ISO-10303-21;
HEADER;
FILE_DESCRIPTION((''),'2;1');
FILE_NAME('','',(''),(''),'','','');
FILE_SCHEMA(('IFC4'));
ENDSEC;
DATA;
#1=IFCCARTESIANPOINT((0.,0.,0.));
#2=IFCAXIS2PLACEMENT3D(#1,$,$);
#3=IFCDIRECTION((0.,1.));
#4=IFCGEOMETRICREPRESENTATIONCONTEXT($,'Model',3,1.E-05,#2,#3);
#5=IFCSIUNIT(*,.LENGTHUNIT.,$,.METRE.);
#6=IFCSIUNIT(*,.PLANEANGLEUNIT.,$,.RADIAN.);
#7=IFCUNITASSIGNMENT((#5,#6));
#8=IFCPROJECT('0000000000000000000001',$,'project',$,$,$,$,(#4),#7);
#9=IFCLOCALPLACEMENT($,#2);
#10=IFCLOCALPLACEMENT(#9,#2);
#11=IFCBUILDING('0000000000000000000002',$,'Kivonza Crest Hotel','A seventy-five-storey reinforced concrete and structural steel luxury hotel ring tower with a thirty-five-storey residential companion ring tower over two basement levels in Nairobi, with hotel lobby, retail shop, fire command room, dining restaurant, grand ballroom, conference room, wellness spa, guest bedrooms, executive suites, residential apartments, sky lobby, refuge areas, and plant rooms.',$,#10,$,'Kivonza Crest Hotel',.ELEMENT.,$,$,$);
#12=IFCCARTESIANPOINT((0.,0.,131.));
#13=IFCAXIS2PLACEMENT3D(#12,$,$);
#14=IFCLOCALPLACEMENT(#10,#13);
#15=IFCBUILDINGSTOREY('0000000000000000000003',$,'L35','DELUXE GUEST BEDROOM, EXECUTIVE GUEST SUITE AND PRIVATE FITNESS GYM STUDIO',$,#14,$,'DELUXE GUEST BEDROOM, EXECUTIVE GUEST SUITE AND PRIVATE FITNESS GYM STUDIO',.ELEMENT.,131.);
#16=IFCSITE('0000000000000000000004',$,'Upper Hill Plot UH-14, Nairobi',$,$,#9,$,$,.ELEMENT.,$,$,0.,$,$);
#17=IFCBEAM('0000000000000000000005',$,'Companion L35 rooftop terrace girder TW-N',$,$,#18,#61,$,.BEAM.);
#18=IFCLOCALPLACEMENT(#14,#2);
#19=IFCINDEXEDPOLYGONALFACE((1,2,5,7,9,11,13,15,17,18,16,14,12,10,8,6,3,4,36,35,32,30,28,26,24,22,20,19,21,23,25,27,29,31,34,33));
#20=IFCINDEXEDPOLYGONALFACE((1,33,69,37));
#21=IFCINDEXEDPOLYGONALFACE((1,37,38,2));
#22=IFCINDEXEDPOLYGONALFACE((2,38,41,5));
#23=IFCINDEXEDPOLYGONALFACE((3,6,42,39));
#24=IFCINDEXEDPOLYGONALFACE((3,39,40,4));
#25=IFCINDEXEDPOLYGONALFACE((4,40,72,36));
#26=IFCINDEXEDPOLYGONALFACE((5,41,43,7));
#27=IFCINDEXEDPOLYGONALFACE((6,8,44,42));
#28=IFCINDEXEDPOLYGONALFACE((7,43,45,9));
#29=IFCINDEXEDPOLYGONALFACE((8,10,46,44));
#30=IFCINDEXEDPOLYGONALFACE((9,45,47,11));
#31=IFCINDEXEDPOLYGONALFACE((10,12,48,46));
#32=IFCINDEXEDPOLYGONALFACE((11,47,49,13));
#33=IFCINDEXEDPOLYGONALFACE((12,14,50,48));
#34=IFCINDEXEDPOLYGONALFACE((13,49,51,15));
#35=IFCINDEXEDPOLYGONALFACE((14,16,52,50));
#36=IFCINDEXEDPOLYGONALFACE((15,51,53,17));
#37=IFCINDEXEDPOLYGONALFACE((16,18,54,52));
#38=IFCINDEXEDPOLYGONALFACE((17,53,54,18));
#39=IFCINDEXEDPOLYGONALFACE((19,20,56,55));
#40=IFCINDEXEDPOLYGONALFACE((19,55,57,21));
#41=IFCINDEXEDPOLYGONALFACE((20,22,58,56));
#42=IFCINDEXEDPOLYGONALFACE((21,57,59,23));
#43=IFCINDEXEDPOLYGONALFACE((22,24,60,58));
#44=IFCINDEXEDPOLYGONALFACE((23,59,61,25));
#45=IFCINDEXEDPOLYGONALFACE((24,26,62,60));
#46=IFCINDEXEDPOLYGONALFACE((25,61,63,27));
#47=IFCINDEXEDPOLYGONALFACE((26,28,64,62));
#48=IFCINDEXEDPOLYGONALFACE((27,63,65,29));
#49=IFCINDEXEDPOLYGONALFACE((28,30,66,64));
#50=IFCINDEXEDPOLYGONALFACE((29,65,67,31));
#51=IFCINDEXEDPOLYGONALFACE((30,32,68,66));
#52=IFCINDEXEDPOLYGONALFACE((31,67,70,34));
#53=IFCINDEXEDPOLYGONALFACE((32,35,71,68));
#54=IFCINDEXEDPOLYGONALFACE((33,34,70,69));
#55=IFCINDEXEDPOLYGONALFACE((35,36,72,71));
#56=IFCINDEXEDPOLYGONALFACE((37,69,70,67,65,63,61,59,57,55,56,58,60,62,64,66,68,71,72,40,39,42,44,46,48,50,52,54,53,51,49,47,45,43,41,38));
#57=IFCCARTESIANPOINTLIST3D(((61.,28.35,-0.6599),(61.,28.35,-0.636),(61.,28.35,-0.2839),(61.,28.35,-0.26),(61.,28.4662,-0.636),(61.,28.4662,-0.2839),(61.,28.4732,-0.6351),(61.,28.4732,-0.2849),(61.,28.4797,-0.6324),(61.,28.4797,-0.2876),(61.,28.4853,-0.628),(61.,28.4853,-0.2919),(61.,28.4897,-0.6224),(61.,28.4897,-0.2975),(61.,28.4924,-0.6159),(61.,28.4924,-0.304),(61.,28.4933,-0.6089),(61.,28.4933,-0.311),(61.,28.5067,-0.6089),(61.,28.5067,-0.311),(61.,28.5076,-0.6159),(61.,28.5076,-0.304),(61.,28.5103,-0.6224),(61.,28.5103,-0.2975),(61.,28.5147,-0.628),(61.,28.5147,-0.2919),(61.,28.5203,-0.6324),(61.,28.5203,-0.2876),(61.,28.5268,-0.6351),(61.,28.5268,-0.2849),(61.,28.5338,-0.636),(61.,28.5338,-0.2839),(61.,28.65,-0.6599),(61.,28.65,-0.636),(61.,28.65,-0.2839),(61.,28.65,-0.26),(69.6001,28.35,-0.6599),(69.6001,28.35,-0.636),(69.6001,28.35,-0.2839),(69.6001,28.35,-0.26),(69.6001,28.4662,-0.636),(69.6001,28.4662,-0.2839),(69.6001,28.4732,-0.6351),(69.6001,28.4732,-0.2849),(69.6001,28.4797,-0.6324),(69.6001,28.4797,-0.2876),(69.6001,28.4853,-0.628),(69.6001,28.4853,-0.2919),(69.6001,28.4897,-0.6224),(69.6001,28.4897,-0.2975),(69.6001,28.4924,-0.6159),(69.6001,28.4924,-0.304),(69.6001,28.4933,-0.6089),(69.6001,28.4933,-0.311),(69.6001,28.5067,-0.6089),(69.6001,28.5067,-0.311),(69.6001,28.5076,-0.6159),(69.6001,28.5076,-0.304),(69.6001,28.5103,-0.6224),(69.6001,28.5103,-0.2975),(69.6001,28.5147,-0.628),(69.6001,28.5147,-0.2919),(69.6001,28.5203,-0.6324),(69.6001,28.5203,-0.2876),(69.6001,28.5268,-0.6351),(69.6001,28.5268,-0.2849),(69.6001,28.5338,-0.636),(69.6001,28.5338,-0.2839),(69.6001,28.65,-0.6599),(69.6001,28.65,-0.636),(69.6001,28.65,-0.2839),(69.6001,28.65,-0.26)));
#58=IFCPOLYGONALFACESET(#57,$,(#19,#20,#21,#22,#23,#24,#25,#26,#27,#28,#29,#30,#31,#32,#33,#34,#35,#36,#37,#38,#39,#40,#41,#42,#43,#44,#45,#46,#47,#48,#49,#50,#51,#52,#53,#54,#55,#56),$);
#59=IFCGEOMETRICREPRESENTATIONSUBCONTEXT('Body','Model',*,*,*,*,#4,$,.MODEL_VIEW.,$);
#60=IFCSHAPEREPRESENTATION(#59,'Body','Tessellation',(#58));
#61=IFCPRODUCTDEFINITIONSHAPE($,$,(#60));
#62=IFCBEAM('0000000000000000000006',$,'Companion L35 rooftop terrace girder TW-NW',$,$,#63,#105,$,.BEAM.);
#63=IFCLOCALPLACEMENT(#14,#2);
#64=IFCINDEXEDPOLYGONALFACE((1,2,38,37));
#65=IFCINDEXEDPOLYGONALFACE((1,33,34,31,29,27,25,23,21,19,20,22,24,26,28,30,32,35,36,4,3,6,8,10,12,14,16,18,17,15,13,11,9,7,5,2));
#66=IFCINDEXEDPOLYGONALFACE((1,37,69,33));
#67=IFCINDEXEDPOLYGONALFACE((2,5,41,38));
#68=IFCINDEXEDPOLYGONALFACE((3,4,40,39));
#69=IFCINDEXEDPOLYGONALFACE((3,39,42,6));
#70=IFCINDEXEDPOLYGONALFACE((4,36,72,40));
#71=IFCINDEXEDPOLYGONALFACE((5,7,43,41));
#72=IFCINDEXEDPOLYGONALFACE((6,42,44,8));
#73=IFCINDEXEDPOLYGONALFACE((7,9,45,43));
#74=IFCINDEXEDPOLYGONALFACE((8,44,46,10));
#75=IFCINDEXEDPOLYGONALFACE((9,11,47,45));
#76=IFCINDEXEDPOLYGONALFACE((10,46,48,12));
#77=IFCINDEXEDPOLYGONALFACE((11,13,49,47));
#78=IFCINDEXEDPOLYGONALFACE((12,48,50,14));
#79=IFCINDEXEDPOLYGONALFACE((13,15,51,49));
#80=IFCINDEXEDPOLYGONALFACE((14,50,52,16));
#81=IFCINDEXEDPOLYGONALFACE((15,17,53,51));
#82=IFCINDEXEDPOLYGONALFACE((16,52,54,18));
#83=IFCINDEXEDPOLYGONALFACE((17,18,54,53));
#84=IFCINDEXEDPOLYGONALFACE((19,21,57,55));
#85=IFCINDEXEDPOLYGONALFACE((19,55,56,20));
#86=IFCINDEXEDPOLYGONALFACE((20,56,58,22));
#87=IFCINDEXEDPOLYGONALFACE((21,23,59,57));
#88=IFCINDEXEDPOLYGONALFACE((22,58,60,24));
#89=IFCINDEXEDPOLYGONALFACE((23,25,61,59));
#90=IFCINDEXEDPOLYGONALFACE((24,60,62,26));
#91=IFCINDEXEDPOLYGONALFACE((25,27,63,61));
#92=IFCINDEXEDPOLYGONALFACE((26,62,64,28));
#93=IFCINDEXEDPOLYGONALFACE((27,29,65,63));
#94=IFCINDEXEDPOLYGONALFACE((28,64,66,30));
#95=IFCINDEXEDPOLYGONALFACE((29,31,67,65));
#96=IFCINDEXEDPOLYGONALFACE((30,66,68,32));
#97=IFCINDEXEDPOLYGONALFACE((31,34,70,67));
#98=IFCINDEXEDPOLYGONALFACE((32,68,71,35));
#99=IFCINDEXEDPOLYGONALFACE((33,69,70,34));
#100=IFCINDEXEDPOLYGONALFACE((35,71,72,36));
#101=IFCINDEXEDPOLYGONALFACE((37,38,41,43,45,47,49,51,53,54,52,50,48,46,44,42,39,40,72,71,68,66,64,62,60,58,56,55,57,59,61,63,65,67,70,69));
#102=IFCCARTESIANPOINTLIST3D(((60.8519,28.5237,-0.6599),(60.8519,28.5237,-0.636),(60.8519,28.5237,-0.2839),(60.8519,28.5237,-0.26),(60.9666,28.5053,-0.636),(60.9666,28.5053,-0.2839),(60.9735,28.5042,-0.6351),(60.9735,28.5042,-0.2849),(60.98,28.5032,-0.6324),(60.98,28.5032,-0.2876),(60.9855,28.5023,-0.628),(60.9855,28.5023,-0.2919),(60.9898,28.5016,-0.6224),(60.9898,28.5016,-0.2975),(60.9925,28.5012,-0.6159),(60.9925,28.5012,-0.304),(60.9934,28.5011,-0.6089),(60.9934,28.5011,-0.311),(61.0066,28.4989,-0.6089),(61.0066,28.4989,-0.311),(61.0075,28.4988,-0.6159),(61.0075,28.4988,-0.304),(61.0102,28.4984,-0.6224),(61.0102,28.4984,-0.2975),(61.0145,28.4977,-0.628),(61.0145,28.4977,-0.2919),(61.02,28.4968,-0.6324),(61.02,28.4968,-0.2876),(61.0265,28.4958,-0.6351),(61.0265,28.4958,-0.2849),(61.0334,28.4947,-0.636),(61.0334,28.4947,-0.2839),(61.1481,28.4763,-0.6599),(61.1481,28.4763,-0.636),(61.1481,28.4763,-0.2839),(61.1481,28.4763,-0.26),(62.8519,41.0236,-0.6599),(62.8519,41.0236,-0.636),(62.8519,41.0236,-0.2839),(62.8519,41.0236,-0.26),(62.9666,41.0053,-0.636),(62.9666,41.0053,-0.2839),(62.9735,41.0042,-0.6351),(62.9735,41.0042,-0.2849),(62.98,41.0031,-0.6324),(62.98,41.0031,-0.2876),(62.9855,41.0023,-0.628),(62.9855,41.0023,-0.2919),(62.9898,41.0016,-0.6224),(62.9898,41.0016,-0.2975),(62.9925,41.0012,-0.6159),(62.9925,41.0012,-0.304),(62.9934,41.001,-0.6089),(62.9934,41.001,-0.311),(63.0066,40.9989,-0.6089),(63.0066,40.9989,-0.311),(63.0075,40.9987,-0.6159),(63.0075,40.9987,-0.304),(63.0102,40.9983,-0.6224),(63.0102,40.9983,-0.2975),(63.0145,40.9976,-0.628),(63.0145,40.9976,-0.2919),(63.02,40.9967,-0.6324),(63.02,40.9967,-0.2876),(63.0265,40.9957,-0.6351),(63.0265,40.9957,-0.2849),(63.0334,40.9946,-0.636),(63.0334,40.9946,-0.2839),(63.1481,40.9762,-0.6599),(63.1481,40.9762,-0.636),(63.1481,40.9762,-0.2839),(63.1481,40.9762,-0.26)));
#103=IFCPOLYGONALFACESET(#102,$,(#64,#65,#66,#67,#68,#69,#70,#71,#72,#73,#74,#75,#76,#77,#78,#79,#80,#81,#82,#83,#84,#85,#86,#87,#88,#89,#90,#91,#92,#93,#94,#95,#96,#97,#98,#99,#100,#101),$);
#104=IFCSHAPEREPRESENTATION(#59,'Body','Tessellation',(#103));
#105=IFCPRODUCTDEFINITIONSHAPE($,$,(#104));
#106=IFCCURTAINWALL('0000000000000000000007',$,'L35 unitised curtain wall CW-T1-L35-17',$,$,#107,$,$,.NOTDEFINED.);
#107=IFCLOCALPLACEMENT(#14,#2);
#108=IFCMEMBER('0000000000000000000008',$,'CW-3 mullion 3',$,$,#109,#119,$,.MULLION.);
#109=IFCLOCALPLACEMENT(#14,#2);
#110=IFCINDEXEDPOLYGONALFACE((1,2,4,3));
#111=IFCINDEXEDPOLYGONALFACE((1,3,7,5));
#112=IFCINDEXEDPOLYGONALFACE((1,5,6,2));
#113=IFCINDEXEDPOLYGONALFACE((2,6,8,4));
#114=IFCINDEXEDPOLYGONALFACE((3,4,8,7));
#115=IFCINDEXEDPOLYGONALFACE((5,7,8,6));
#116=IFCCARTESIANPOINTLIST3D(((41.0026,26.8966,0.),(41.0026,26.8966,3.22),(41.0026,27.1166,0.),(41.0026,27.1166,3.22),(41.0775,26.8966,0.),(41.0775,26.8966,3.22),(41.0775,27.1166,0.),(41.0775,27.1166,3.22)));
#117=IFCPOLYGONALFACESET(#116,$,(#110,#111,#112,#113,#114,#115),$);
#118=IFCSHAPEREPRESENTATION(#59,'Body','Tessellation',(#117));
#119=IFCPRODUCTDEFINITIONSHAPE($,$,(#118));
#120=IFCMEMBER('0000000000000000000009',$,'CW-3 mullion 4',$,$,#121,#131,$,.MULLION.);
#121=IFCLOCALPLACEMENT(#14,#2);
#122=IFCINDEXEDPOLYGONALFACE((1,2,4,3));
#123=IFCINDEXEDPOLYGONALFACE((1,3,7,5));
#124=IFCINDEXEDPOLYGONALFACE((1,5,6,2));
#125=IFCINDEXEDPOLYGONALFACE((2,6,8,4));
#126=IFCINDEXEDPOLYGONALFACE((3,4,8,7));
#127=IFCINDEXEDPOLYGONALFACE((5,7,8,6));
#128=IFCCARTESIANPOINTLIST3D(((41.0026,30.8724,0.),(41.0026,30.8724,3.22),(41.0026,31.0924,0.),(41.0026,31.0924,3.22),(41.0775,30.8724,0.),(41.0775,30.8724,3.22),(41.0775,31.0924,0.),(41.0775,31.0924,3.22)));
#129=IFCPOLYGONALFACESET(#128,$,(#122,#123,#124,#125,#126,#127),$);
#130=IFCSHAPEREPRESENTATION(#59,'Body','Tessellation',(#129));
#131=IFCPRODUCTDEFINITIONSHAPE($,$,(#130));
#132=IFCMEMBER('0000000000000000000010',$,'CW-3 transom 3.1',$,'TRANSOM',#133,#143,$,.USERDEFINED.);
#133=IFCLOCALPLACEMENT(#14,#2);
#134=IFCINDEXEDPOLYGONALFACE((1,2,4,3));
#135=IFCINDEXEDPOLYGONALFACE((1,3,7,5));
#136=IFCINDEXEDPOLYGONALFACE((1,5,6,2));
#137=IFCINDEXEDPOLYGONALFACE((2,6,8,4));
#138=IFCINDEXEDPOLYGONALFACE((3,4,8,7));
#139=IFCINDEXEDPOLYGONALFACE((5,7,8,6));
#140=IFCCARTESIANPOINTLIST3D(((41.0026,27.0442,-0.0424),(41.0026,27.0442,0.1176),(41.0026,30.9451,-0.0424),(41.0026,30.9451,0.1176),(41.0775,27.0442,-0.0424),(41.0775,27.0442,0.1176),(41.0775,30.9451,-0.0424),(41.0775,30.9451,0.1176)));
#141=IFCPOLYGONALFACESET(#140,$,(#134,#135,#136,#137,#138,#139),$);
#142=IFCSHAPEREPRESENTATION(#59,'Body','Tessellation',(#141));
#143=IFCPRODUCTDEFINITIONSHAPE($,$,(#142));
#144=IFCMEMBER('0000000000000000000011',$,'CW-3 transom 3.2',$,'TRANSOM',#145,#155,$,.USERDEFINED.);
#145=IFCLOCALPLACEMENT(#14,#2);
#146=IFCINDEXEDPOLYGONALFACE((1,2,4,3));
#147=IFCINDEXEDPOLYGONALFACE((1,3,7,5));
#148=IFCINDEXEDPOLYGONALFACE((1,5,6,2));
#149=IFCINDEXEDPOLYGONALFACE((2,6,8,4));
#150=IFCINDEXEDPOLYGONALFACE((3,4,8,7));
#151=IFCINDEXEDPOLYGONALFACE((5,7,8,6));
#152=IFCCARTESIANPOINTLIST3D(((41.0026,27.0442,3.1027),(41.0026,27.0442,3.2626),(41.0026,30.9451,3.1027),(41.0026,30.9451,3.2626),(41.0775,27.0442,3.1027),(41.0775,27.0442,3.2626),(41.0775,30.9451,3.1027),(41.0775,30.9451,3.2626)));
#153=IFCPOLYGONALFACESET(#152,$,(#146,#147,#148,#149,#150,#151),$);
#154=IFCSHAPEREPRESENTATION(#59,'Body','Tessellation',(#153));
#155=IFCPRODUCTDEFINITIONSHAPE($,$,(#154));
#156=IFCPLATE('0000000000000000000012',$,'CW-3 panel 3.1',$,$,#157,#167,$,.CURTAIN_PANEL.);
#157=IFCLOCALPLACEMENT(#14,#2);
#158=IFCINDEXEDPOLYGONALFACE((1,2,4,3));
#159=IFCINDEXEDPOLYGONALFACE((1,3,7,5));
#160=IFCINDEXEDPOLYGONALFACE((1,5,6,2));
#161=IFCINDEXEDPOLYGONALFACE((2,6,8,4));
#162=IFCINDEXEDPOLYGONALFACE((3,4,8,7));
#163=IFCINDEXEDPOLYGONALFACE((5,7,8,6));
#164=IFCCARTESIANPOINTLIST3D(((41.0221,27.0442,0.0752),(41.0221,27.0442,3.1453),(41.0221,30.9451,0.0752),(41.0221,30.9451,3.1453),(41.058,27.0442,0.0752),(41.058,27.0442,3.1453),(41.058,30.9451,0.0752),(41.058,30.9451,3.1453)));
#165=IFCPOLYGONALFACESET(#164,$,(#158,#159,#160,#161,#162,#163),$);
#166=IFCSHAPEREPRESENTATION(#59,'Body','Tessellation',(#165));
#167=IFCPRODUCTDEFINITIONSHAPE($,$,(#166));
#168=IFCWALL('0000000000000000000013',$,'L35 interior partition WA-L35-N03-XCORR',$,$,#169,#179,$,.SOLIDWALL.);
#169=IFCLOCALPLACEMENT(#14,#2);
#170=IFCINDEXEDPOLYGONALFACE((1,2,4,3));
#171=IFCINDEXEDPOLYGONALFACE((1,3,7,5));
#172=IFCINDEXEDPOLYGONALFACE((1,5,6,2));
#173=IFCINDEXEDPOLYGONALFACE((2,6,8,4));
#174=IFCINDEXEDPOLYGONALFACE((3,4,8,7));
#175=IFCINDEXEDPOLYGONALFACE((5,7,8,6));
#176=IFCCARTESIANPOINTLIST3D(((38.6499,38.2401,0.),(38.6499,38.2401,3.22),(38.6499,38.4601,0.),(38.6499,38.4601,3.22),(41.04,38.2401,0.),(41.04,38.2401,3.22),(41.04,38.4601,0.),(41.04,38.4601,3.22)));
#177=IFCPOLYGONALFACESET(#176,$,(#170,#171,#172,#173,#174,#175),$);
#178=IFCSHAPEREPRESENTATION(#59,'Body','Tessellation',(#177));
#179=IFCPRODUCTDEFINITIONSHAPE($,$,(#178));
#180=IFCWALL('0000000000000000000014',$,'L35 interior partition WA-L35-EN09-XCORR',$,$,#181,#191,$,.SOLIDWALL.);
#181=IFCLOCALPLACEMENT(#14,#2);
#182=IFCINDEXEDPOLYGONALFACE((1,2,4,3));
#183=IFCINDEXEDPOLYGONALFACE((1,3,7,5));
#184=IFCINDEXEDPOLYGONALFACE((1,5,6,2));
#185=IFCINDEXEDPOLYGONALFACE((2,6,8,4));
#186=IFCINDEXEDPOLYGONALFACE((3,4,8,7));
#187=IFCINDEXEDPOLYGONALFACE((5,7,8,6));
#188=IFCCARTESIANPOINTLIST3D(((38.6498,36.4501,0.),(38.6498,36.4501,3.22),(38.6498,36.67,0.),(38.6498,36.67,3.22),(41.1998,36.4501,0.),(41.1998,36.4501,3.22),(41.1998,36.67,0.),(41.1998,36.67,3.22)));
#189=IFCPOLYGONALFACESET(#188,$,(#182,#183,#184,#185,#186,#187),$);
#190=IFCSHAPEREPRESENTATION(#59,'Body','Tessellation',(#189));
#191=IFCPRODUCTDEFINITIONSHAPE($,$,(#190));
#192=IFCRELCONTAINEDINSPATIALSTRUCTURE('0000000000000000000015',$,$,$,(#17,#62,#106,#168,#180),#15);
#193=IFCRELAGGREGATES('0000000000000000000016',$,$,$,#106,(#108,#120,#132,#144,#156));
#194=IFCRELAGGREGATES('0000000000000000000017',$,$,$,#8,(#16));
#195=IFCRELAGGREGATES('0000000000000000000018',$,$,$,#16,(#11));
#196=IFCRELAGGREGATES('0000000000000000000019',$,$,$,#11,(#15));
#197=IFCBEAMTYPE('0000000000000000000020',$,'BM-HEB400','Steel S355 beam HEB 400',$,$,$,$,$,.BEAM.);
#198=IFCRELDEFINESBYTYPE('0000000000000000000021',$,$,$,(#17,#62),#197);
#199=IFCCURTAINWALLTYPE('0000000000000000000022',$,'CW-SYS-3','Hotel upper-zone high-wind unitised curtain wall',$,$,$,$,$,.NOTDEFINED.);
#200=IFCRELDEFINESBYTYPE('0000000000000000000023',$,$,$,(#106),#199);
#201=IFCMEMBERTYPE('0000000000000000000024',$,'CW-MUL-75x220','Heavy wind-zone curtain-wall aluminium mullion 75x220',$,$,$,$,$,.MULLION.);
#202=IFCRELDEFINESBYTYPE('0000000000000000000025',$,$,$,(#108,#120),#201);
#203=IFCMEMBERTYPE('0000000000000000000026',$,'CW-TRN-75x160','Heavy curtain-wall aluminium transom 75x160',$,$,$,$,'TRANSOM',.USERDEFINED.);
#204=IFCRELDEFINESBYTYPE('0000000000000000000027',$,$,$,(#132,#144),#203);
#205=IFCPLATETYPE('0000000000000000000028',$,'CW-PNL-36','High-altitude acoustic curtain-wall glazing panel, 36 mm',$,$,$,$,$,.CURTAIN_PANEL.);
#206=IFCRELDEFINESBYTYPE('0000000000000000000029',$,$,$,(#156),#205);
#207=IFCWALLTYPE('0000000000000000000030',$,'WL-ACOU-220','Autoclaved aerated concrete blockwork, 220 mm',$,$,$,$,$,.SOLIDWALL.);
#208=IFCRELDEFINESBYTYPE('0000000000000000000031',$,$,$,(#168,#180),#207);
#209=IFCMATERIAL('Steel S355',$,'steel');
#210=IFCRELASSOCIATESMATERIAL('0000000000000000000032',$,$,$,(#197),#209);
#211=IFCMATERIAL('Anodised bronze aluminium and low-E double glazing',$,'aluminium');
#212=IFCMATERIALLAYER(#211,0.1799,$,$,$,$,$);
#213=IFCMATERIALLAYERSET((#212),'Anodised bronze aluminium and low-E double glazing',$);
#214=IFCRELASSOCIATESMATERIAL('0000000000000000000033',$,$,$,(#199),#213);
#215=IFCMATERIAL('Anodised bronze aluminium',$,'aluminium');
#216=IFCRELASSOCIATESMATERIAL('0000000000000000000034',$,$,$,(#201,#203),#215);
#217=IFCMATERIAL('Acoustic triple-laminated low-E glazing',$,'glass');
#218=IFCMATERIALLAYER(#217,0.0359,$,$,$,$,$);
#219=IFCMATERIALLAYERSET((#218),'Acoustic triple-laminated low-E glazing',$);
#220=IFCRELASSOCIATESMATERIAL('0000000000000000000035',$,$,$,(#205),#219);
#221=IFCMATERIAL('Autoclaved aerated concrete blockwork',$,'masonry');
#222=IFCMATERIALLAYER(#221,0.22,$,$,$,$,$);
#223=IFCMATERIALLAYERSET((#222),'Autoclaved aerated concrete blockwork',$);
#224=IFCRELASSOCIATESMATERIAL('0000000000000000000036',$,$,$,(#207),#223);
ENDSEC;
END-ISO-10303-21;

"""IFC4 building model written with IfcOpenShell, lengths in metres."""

from ifc_helpers import new_model, si_unit, direction, frame, frame_2d, origin, origin_2d, place, context, subcontext, project, spatial, rectangle, i_section, extrude, material, layer, layer_set, material_profile, profile_set, type_object, element, aggregate, save


model = new_model("IFC4")

# Units and contexts
model_context = context("Model", 3, precision=1e-05, world=origin(), true_north=direction((0.0, 1.0)))
body_context = subcontext(model_context, "Body", "Model", "MODEL_VIEW")
ifc_project = project(units=[si_unit("LENGTHUNIT", "METRE"), si_unit("PLANEANGLEUNIT", "RADIAN")], contexts=[model_context])

# Site, building, storey
site_placement = place(None, origin())
site = spatial("IfcSite", under=ifc_project, at=site_placement, Name="Upper Hill Plot UH-14, Nairobi", CompositionType="ELEMENT", RefElevation=0.0)
building_placement = place(site_placement, origin())
building = spatial("IfcBuilding", under=site, at=building_placement, Name="Kivonza Crest Hotel", Description="A seventy-five-storey reinforced concrete and structural steel luxury hotel ring tower with a thirty-five-storey residential companion ring tower over two basement levels in Nairobi, with hotel lobby, retail shop, fire command room, dining restaurant, grand ballroom, conference room, wellness spa, guest bedrooms, executive suites, residential apartments, sky lobby, refuge areas, and plant rooms.", LongName="Kivonza Crest Hotel", CompositionType="ELEMENT")
storey_placement = place(building_placement, frame((0.0, 0.0, 131.0)))
storey = spatial("IfcBuildingStorey", under=building, at=storey_placement, Name="L35", Description="DELUXE GUEST BEDROOM, EXECUTIVE GUEST SUITE AND PRIVATE FITNESS GYM STUDIO", LongName="DELUXE GUEST BEDROOM, EXECUTIVE GUEST SUITE AND PRIVATE FITNESS GYM STUDIO", CompositionType="ELEMENT", Elevation=131.0)

# Beams
ifc_material_1 = material(Name="Steel S355", Category="steel")
ifc_material_profile_1 = material_profile(ifc_material_1, i_section(OverallWidth=0.3, OverallDepth=0.3999, WebThickness=0.0134, FlangeThickness=0.0239, FilletRadius=0.0271, at=origin_2d()), Name="HEB 400")
ifc_profile_set_1 = profile_set([ifc_material_profile_1], Name="Steel S355")
beam_type = type_object("IfcBeamType", Name="BM-HEB400", Description="Steel S355 beam HEB 400", PredefinedType="BEAM", material=ifc_profile_set_1)
beam_1_placement = place(storey_placement, frame((61.0, 28.5, -0.46), z_axis=(1.0, 0.0, 0.0), x_axis=(0.0, 1.0, 0.0)))
element("IfcBeam", 1, at=beam_1_placement, inside=storey, type_object=beam_type, Name="Companion L35 rooftop terrace girder TW-N", PredefinedType="BEAM", context=body_context, shape_type="SweptSolid", body=[
    extrude(i_section(OverallWidth=0.3, OverallDepth=0.3999, WebThickness=0.0134, FlangeThickness=0.0239, FilletRadius=0.0271, at=origin_2d()), origin(), (0.0, 0.0, 1.0), 8.6001),
])
beam_2_placement = place(storey_placement, frame((61.0, 28.5, -0.46), z_axis=(0.157991, 0.987441, 0.0), x_axis=(-0.987441, 0.157991, 0.0)))
element("IfcBeam", 2, at=beam_2_placement, inside=storey, type_object=beam_type, Name="Companion L35 rooftop terrace girder TW-NW", PredefinedType="BEAM", context=body_context, shape_type="SweptSolid", body=[
    extrude(i_section(OverallWidth=0.3, OverallDepth=0.3999, WebThickness=0.0134, FlangeThickness=0.0239, FilletRadius=0.0271, at=origin_2d()), origin(), (0.0, 0.0, 1.0), 12.6589),
])

# Curtain wall, members, plate
ifc_material_2 = material(Name="Anodised bronze aluminium and low-E double glazing", Category="aluminium")
ifc_layer_1 = layer(ifc_material_2, 0.1799)
ifc_layer_set_1 = layer_set([ifc_layer_1], Name="Anodised bronze aluminium and low-E double glazing")
curtain_wall_type = type_object("IfcCurtainWallType", Name="CW-SYS-3", Description="Hotel upper-zone high-wind unitised curtain wall", PredefinedType="NOTDEFINED", material=ifc_layer_set_1)
curtain_wall_placement = place(storey_placement, origin())
curtain_wall = element("IfcCurtainWall", 3, at=curtain_wall_placement, inside=storey, type_object=curtain_wall_type, Name="L35 unitised curtain wall CW-T1-L35-17", PredefinedType="NOTDEFINED")
ifc_material_3 = material(Name="Anodised bronze aluminium", Category="aluminium")
ifc_material_profile_2 = material_profile(ifc_material_3, rectangle(XDim=0.075, YDim=0.22, at=origin_2d()), Name="CW-M 75x220")
ifc_profile_set_2 = profile_set([ifc_material_profile_2], Name="Anodised bronze aluminium")
member_type_1 = type_object("IfcMemberType", Name="CW-MUL-75x220", Description="Heavy wind-zone curtain-wall aluminium mullion 75x220", PredefinedType="MULLION", material=ifc_profile_set_2)
member_1_placement = place(storey_placement, frame((41.04, 27.0066, 0.0), z_axis=(0.0, 0.0, 1.0), x_axis=(-1.0, 0.0, 0.0)))
member_1 = element("IfcMember", 4, at=member_1_placement, type_object=member_type_1, Name="CW-3 mullion 3", PredefinedType="MULLION", context=body_context, shape_type="SweptSolid", body=[
    extrude(rectangle(XDim=0.075, YDim=0.22, at=origin_2d()), origin(), (0.0, 0.0, 1.0), 3.22),
])
member_2_placement = place(storey_placement, frame((41.04, 30.9824, 0.0), z_axis=(0.0, 0.0, 1.0), x_axis=(-1.0, 0.0, 0.0)))
member_2 = element("IfcMember", 5, at=member_2_placement, type_object=member_type_1, Name="CW-3 mullion 4", PredefinedType="MULLION", context=body_context, shape_type="SweptSolid", body=[
    extrude(rectangle(XDim=0.075, YDim=0.22, at=origin_2d()), origin(), (0.0, 0.0, 1.0), 3.22),
])
ifc_material_profile_3 = material_profile(ifc_material_3, rectangle(XDim=0.075, YDim=0.1599, at=origin_2d()), Name="CW-T 75x160")
ifc_profile_set_3 = profile_set([ifc_material_profile_3], Name="Anodised bronze aluminium")
member_type_2 = type_object("IfcMemberType", Name="CW-TRN-75x160", Description="Heavy curtain-wall aluminium transom 75x160", ElementType="TRANSOM", PredefinedType="USERDEFINED", material=ifc_profile_set_3)
member_3_placement = place(storey_placement, frame((41.04, 27.0442, 0.0376), z_axis=(0.0, 1.0, 0.0), x_axis=(-1.0, 0.0, 0.0)))
member_3 = element("IfcMember", 6, at=member_3_placement, type_object=member_type_2, Name="CW-3 transom 3.1", ObjectType="TRANSOM", PredefinedType="USERDEFINED", context=body_context, shape_type="SweptSolid", body=[
    extrude(rectangle(XDim=0.075, YDim=0.1599, at=origin_2d()), origin(), (0.0, 0.0, 1.0), 3.9009),
])
member_4_placement = place(storey_placement, frame((41.04, 27.0442, 3.1826), z_axis=(0.0, 1.0, 0.0), x_axis=(-1.0, 0.0, 0.0)))
member_4 = element("IfcMember", 7, at=member_4_placement, type_object=member_type_2, Name="CW-3 transom 3.2", ObjectType="TRANSOM", PredefinedType="USERDEFINED", context=body_context, shape_type="SweptSolid", body=[
    extrude(rectangle(XDim=0.075, YDim=0.1599, at=origin_2d()), origin(), (0.0, 0.0, 1.0), 3.9009),
])
ifc_material_4 = material(Name="Acoustic triple-laminated low-E glazing", Category="glass")
ifc_layer_2 = layer(ifc_material_4, 0.0359)
ifc_layer_set_2 = layer_set([ifc_layer_2], Name="Acoustic triple-laminated low-E glazing")
plate_type = type_object("IfcPlateType", Name="CW-PNL-36", Description="High-altitude acoustic curtain-wall glazing panel, 36 mm", PredefinedType="CURTAIN_PANEL", material=ifc_layer_set_2)
plate_placement = place(storey_placement, frame((41.04, 28.9946, 0.0752), z_axis=(0.0, 0.0, 1.0), x_axis=(0.0, 1.0, 0.0)))
plate = element("IfcPlate", 8, at=plate_placement, type_object=plate_type, Name="CW-3 panel 3.1", PredefinedType="CURTAIN_PANEL", context=body_context, shape_type="SweptSolid", body=[
    extrude(rectangle(XDim=3.9009, YDim=0.0359, at=origin_2d()), origin(), (0.0, 0.0, 1.0), 3.0701),
])
aggregate(curtain_wall, [member_1, member_2, member_3, member_4, plate])

# Walls
ifc_material_5 = material(Name="Autoclaved aerated concrete blockwork", Category="masonry")
ifc_layer_3 = layer(ifc_material_5, 0.22)
ifc_layer_set_3 = layer_set([ifc_layer_3], Name="Autoclaved aerated concrete blockwork")
wall_type_1 = type_object("IfcWallType", Name="WL-ACOU-220", Description="Autoclaved aerated concrete blockwork, 220 mm", PredefinedType="SOLIDWALL", material=ifc_layer_set_3)
wall_1_placement = place(storey_placement, frame((38.6499, 38.3501, 0.0), z_axis=(0.0, 0.0, 1.0), x_axis=(1.0, 0.0, 0.0)))
element("IfcWall", 9, at=wall_1_placement, inside=storey, type_object=wall_type_1, Name="L35 interior partition WA-L35-N03-XCORR", PredefinedType="SOLIDWALL", context=body_context, shape_type="SweptSolid", body=[
    extrude(rectangle(XDim=2.3901, YDim=0.22, at=frame_2d((1.1951, 0.0))), origin(), (0.0, 0.0, 1.0), 3.22),
])
wall_2_placement = place(storey_placement, frame((38.6499, 36.5601, 0.0), z_axis=(0.0, 0.0, 1.0), x_axis=(1.0, 0.0, 0.0)))
element("IfcWall", 10, at=wall_2_placement, inside=storey, type_object=wall_type_1, Name="L35 interior partition WA-L35-EN09-XCORR", PredefinedType="SOLIDWALL", context=body_context, shape_type="SweptSolid", body=[
    extrude(rectangle(XDim=2.55, YDim=0.22, at=frame_2d((1.2749, 0.0))), origin(), (0.0, 0.0, 1.0), 3.22),
])

save(model, "model.ifc")
